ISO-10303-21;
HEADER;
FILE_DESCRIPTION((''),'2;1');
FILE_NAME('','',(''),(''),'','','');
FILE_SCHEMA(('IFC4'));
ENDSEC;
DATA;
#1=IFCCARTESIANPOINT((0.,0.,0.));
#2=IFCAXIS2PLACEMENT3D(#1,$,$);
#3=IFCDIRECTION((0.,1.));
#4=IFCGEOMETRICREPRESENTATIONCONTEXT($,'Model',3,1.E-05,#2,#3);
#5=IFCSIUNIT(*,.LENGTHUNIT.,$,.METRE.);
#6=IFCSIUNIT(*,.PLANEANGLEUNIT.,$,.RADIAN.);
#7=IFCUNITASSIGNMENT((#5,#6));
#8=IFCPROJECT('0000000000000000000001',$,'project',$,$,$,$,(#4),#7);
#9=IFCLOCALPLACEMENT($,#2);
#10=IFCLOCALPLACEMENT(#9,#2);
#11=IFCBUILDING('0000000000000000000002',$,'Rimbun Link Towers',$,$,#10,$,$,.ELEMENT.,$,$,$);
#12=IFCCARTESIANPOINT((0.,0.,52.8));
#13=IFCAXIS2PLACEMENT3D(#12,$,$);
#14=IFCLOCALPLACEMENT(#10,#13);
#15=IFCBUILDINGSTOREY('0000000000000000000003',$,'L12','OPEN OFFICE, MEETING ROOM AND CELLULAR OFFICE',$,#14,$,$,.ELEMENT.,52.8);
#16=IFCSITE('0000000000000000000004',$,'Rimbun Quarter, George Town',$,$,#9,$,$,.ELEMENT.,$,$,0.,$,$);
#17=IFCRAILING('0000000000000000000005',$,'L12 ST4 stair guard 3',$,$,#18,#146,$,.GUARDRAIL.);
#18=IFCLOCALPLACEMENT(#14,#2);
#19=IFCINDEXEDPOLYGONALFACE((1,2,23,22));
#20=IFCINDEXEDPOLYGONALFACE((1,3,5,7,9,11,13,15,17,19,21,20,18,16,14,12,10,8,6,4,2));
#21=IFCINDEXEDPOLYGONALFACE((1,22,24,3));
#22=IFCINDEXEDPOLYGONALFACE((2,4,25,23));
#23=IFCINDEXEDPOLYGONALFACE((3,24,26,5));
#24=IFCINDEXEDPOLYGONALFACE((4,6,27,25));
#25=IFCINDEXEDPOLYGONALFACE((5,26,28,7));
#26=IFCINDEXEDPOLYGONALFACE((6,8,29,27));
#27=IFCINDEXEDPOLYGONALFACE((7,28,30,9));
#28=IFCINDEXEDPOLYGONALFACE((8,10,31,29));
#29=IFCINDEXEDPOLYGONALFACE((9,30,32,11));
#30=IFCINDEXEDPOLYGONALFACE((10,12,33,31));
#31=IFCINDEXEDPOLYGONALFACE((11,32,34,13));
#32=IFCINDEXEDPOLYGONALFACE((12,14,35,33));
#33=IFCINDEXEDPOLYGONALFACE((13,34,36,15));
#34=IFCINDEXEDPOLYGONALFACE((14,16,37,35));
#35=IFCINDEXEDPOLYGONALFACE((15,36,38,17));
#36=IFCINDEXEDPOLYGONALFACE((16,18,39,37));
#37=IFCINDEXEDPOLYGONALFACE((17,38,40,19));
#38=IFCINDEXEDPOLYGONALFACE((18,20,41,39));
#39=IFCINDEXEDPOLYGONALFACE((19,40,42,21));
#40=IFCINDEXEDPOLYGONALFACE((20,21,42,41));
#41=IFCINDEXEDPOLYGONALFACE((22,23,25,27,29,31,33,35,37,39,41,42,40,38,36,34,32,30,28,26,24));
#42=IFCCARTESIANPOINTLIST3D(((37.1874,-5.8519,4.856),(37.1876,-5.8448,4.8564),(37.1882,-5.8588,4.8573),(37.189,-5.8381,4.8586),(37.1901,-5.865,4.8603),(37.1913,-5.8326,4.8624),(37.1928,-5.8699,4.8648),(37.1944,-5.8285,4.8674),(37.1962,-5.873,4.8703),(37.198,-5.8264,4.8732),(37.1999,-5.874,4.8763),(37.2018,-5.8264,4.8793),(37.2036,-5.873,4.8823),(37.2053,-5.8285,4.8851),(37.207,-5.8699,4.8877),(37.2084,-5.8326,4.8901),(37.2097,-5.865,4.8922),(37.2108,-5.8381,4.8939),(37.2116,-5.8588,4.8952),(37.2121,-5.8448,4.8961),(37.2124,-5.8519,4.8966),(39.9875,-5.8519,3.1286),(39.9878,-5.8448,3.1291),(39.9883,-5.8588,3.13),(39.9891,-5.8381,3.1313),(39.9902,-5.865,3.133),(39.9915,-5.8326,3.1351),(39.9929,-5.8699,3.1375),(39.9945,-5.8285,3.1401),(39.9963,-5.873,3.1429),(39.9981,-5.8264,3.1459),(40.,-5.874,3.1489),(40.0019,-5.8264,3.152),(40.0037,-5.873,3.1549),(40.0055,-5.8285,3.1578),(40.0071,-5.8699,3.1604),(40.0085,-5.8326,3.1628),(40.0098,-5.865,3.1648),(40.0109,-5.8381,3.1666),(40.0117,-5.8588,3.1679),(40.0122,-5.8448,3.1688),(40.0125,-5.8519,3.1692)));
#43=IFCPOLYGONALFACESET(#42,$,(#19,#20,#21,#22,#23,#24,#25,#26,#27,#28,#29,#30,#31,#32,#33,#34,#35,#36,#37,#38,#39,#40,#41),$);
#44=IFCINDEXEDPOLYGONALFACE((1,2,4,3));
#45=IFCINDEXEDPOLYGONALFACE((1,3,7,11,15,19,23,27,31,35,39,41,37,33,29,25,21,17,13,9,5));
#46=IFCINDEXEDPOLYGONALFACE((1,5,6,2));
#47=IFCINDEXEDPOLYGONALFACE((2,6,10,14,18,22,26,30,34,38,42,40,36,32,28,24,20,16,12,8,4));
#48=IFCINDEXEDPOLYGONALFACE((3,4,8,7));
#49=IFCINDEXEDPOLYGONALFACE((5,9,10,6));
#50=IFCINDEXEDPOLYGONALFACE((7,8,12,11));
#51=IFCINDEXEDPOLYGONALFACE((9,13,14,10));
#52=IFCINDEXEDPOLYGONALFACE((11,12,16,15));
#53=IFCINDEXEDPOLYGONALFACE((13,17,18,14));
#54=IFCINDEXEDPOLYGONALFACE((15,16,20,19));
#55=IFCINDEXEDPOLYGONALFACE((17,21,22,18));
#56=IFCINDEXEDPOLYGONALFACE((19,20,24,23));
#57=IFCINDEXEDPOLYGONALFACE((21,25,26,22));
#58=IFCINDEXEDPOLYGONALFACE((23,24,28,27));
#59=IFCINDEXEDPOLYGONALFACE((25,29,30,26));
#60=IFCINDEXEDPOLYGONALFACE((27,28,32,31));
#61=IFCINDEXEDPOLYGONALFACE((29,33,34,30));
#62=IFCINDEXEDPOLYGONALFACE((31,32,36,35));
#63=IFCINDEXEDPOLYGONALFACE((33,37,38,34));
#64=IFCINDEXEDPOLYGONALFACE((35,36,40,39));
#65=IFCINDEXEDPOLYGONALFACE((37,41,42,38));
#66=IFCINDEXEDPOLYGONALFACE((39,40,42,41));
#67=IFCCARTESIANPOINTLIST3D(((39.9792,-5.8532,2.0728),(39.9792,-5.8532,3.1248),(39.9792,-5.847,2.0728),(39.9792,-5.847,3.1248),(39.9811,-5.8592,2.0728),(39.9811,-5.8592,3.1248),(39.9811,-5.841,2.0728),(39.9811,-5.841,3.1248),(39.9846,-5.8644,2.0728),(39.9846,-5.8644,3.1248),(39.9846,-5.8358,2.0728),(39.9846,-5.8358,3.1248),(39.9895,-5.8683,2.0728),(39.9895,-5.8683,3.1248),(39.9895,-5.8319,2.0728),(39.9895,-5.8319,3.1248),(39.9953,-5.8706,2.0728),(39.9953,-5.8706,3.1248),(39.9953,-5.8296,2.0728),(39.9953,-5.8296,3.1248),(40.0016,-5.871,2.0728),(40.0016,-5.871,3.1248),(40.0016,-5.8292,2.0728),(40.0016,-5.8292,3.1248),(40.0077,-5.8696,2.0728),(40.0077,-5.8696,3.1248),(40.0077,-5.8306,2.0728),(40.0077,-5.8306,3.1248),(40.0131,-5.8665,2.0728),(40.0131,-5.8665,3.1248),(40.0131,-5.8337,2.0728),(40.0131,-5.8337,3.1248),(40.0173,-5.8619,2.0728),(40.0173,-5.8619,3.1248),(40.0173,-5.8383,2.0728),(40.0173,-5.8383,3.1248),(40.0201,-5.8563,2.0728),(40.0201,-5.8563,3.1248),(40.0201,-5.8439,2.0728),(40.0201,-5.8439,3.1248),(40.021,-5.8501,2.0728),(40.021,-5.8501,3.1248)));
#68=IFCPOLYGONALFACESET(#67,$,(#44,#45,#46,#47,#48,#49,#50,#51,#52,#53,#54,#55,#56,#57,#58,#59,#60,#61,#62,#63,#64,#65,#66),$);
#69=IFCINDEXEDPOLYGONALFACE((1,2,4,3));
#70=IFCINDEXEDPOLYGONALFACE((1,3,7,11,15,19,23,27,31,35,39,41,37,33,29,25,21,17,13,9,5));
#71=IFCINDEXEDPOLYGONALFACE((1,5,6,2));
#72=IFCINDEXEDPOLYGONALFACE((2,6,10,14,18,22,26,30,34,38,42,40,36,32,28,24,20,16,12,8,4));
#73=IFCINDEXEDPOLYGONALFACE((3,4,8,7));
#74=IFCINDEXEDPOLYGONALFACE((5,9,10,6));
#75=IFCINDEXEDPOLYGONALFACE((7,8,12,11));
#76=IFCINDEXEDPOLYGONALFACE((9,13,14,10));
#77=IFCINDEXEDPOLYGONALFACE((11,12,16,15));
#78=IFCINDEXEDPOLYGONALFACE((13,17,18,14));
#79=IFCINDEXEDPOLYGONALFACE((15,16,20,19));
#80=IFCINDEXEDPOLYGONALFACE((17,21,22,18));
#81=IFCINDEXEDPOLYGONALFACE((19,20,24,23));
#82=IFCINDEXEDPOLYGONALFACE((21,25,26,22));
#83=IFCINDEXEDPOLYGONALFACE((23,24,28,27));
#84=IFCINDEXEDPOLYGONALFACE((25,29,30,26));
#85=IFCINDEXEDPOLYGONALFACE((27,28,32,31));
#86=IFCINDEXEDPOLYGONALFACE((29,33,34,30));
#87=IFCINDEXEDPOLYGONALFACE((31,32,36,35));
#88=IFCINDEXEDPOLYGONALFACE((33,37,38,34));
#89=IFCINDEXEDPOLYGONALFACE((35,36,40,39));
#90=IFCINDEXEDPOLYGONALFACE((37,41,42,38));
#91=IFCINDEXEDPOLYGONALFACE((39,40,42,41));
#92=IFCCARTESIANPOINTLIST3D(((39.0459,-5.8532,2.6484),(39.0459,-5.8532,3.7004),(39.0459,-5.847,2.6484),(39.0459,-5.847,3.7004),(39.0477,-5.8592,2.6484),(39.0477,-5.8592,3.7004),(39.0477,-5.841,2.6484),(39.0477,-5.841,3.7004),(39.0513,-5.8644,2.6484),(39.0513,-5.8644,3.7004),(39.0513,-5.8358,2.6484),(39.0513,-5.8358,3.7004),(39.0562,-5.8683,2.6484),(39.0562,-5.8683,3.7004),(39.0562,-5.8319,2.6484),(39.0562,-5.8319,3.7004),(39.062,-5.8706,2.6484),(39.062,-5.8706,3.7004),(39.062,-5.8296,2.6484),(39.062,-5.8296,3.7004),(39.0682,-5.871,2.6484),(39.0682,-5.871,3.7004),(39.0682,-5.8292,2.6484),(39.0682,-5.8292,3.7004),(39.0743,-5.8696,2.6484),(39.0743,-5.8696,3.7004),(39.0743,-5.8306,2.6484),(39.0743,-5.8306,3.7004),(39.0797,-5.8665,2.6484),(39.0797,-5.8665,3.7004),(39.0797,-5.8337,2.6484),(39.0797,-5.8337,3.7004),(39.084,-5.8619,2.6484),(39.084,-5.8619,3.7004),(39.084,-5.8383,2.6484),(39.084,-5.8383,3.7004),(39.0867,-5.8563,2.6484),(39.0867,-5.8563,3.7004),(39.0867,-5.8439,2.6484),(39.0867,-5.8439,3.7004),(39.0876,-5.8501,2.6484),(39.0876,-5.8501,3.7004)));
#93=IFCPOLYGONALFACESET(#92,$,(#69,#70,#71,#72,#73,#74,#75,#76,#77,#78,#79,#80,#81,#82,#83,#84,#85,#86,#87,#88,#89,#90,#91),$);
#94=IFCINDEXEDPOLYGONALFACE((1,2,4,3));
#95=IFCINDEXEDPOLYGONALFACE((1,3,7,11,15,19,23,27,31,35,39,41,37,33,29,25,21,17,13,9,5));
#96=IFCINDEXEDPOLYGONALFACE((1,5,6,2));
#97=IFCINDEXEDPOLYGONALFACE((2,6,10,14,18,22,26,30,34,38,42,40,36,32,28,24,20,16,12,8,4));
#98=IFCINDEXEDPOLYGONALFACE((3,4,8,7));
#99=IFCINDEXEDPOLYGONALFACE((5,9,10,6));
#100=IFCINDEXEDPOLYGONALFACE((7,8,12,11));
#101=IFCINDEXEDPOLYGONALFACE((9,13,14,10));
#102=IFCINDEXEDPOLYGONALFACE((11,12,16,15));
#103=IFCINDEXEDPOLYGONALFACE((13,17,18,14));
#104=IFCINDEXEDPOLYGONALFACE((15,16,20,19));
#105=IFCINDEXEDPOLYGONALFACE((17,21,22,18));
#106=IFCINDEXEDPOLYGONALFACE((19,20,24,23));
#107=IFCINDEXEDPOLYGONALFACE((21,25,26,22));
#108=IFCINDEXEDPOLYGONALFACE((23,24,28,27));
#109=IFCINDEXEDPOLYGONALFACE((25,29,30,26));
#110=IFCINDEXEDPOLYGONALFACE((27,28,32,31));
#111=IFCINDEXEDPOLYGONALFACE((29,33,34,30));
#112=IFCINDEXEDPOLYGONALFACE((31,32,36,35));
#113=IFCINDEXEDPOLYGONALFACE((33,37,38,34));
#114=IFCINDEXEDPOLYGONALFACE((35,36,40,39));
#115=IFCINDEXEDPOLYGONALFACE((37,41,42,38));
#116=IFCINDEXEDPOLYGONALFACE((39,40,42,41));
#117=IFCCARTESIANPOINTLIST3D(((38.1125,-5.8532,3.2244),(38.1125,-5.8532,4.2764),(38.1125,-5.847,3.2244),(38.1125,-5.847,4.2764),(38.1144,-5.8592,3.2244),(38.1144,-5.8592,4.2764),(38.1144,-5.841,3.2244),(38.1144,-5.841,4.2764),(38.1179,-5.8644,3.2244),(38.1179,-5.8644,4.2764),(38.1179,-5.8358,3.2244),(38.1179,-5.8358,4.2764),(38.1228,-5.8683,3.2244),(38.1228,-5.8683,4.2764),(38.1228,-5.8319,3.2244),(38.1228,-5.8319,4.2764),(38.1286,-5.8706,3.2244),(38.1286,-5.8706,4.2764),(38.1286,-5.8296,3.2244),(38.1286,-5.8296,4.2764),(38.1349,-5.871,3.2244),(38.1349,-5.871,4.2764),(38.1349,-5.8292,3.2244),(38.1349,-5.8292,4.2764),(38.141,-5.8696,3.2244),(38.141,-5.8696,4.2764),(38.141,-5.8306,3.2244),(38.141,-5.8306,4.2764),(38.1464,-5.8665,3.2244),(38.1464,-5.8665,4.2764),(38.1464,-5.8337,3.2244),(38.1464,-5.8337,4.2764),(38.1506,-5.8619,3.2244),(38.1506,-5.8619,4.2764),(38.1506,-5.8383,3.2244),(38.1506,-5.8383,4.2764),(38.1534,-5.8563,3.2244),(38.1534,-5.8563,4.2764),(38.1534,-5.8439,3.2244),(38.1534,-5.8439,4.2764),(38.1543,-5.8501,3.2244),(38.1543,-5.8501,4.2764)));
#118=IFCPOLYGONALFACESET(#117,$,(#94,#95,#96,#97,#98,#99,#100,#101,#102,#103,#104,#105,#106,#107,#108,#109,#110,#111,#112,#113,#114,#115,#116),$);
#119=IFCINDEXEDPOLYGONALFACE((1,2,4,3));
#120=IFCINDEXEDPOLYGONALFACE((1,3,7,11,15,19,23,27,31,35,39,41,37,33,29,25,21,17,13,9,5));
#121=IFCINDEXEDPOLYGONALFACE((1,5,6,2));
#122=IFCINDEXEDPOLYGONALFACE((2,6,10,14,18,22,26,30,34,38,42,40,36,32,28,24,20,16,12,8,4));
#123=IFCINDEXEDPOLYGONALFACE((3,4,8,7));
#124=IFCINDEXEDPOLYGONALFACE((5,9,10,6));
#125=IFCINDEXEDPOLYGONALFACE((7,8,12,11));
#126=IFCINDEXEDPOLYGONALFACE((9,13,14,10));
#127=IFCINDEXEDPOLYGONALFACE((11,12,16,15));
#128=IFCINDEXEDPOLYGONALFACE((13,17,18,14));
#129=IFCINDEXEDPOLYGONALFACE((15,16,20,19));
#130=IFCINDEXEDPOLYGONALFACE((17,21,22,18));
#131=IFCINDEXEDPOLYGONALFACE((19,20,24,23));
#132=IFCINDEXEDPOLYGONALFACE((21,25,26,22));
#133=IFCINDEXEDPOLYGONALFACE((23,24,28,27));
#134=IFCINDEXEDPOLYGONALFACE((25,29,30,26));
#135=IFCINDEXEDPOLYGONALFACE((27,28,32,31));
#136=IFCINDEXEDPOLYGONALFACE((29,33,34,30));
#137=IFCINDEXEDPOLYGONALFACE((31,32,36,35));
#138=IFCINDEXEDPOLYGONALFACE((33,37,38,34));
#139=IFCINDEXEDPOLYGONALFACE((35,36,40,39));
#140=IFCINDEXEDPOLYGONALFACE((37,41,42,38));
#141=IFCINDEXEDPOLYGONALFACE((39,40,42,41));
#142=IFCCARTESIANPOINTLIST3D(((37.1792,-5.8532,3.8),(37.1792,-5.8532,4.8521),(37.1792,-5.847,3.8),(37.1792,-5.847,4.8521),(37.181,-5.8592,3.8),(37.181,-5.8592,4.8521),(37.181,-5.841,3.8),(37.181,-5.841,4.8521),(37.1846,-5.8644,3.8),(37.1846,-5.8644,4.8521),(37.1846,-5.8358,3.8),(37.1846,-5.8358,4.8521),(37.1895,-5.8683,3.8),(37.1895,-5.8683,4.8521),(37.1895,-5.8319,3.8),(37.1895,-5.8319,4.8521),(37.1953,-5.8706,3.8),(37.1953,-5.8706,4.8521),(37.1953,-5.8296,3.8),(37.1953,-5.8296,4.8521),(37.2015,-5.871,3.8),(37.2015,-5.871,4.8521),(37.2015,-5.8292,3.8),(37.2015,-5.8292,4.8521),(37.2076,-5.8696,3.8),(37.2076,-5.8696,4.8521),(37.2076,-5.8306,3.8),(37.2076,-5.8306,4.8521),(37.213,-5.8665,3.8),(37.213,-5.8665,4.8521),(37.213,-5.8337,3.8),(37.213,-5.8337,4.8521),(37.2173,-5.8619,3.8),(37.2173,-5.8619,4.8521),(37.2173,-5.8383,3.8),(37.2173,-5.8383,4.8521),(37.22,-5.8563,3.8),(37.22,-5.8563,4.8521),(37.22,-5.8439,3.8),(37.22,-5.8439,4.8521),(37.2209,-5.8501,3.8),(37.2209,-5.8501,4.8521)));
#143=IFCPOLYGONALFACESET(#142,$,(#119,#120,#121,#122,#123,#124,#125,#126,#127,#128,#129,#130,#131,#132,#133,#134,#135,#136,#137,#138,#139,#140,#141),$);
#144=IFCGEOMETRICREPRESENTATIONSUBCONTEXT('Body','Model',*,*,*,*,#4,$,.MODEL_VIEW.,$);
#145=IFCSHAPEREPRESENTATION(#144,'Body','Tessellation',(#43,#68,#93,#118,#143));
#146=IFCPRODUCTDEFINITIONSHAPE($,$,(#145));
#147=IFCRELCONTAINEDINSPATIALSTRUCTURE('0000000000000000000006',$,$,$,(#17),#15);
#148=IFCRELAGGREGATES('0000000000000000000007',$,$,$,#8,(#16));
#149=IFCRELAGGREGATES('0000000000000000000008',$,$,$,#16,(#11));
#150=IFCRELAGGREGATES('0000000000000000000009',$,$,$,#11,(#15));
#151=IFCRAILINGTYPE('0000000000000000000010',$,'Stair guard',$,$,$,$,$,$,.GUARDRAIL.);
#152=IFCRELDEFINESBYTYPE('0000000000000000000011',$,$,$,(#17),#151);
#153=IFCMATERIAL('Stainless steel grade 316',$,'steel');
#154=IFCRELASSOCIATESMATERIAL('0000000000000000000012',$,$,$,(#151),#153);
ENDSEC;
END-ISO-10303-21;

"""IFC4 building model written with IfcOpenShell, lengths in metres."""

from ifc_helpers import new_model, si_unit, direction, frame, origin, origin_2d, place, context, subcontext, project, spatial, circle, extrude, material, type_object, element, save


model = new_model("IFC4")

# Units and contexts
model_context = context("Model", 3, precision=1e-05, world=origin(), true_north=direction((0.0, 1.0)))
body_context = subcontext(model_context, "Body", "Model", "MODEL_VIEW")
ifc_project = project(units=[si_unit("LENGTHUNIT", "METRE"), si_unit("PLANEANGLEUNIT", "RADIAN")], contexts=[model_context])

# Site, building, storey
site_placement = place(None, origin())
site = spatial("IfcSite", under=ifc_project, at=site_placement, Name="Rimbun Quarter, George Town", CompositionType="ELEMENT", RefElevation=0.0)
building_placement = place(site_placement, origin())
building = spatial("IfcBuilding", under=site, at=building_placement, Name="Rimbun Link Towers", CompositionType="ELEMENT")
storey_placement = place(building_placement, frame((0.0, 0.0, 52.8)))
storey = spatial("IfcBuildingStorey", under=building, at=storey_placement, Name="L12", Description="OPEN OFFICE, MEETING ROOM AND CELLULAR OFFICE", CompositionType="ELEMENT", Elevation=52.8)

# Railing
ifc_material_1 = material(Name="Stainless steel grade 316", Category="steel")
railing_type_1 = type_object("IfcRailingType", Name="Stair guard", PredefinedType="GUARDRAIL", material=ifc_material_1)
railing_1_placement = place(storey_placement, frame((40.0, -5.8501, 2.0728)))
element("IfcRailing", 1, at=railing_1_placement, inside=storey, type_object=railing_type_1, Name="L12 ST4 stair guard 3", PredefinedType="GUARDRAIL", context=body_context, shape_type="SweptSolid", body=[
    extrude(circle(Radius=0.0239, at=origin_2d()), frame((0.0, 0.0, 1.0762), z_axis=(-0.85109, 0.0, 0.52502), x_axis=(0.0, -1.0, 0.0)), (0.0, 0.0, 1.0), 3.29),
    extrude(circle(Radius=0.021, at=origin_2d()), origin(), (0.0, 0.0, 1.0), 1.052),
    extrude(circle(Radius=0.021, at=origin_2d()), frame((-0.9333, 0.0, 0.5757)), (0.0, 0.0, 1.0), 1.052),
    extrude(circle(Radius=0.021, at=origin_2d()), frame((-1.8667, 0.0, 1.1516)), (0.0, 0.0, 1.0), 1.052),
    extrude(circle(Radius=0.021, at=origin_2d()), frame((-2.8, 0.0, 1.7273)), (0.0, 0.0, 1.0), 1.052),
])

save(model, "model.ifc")
